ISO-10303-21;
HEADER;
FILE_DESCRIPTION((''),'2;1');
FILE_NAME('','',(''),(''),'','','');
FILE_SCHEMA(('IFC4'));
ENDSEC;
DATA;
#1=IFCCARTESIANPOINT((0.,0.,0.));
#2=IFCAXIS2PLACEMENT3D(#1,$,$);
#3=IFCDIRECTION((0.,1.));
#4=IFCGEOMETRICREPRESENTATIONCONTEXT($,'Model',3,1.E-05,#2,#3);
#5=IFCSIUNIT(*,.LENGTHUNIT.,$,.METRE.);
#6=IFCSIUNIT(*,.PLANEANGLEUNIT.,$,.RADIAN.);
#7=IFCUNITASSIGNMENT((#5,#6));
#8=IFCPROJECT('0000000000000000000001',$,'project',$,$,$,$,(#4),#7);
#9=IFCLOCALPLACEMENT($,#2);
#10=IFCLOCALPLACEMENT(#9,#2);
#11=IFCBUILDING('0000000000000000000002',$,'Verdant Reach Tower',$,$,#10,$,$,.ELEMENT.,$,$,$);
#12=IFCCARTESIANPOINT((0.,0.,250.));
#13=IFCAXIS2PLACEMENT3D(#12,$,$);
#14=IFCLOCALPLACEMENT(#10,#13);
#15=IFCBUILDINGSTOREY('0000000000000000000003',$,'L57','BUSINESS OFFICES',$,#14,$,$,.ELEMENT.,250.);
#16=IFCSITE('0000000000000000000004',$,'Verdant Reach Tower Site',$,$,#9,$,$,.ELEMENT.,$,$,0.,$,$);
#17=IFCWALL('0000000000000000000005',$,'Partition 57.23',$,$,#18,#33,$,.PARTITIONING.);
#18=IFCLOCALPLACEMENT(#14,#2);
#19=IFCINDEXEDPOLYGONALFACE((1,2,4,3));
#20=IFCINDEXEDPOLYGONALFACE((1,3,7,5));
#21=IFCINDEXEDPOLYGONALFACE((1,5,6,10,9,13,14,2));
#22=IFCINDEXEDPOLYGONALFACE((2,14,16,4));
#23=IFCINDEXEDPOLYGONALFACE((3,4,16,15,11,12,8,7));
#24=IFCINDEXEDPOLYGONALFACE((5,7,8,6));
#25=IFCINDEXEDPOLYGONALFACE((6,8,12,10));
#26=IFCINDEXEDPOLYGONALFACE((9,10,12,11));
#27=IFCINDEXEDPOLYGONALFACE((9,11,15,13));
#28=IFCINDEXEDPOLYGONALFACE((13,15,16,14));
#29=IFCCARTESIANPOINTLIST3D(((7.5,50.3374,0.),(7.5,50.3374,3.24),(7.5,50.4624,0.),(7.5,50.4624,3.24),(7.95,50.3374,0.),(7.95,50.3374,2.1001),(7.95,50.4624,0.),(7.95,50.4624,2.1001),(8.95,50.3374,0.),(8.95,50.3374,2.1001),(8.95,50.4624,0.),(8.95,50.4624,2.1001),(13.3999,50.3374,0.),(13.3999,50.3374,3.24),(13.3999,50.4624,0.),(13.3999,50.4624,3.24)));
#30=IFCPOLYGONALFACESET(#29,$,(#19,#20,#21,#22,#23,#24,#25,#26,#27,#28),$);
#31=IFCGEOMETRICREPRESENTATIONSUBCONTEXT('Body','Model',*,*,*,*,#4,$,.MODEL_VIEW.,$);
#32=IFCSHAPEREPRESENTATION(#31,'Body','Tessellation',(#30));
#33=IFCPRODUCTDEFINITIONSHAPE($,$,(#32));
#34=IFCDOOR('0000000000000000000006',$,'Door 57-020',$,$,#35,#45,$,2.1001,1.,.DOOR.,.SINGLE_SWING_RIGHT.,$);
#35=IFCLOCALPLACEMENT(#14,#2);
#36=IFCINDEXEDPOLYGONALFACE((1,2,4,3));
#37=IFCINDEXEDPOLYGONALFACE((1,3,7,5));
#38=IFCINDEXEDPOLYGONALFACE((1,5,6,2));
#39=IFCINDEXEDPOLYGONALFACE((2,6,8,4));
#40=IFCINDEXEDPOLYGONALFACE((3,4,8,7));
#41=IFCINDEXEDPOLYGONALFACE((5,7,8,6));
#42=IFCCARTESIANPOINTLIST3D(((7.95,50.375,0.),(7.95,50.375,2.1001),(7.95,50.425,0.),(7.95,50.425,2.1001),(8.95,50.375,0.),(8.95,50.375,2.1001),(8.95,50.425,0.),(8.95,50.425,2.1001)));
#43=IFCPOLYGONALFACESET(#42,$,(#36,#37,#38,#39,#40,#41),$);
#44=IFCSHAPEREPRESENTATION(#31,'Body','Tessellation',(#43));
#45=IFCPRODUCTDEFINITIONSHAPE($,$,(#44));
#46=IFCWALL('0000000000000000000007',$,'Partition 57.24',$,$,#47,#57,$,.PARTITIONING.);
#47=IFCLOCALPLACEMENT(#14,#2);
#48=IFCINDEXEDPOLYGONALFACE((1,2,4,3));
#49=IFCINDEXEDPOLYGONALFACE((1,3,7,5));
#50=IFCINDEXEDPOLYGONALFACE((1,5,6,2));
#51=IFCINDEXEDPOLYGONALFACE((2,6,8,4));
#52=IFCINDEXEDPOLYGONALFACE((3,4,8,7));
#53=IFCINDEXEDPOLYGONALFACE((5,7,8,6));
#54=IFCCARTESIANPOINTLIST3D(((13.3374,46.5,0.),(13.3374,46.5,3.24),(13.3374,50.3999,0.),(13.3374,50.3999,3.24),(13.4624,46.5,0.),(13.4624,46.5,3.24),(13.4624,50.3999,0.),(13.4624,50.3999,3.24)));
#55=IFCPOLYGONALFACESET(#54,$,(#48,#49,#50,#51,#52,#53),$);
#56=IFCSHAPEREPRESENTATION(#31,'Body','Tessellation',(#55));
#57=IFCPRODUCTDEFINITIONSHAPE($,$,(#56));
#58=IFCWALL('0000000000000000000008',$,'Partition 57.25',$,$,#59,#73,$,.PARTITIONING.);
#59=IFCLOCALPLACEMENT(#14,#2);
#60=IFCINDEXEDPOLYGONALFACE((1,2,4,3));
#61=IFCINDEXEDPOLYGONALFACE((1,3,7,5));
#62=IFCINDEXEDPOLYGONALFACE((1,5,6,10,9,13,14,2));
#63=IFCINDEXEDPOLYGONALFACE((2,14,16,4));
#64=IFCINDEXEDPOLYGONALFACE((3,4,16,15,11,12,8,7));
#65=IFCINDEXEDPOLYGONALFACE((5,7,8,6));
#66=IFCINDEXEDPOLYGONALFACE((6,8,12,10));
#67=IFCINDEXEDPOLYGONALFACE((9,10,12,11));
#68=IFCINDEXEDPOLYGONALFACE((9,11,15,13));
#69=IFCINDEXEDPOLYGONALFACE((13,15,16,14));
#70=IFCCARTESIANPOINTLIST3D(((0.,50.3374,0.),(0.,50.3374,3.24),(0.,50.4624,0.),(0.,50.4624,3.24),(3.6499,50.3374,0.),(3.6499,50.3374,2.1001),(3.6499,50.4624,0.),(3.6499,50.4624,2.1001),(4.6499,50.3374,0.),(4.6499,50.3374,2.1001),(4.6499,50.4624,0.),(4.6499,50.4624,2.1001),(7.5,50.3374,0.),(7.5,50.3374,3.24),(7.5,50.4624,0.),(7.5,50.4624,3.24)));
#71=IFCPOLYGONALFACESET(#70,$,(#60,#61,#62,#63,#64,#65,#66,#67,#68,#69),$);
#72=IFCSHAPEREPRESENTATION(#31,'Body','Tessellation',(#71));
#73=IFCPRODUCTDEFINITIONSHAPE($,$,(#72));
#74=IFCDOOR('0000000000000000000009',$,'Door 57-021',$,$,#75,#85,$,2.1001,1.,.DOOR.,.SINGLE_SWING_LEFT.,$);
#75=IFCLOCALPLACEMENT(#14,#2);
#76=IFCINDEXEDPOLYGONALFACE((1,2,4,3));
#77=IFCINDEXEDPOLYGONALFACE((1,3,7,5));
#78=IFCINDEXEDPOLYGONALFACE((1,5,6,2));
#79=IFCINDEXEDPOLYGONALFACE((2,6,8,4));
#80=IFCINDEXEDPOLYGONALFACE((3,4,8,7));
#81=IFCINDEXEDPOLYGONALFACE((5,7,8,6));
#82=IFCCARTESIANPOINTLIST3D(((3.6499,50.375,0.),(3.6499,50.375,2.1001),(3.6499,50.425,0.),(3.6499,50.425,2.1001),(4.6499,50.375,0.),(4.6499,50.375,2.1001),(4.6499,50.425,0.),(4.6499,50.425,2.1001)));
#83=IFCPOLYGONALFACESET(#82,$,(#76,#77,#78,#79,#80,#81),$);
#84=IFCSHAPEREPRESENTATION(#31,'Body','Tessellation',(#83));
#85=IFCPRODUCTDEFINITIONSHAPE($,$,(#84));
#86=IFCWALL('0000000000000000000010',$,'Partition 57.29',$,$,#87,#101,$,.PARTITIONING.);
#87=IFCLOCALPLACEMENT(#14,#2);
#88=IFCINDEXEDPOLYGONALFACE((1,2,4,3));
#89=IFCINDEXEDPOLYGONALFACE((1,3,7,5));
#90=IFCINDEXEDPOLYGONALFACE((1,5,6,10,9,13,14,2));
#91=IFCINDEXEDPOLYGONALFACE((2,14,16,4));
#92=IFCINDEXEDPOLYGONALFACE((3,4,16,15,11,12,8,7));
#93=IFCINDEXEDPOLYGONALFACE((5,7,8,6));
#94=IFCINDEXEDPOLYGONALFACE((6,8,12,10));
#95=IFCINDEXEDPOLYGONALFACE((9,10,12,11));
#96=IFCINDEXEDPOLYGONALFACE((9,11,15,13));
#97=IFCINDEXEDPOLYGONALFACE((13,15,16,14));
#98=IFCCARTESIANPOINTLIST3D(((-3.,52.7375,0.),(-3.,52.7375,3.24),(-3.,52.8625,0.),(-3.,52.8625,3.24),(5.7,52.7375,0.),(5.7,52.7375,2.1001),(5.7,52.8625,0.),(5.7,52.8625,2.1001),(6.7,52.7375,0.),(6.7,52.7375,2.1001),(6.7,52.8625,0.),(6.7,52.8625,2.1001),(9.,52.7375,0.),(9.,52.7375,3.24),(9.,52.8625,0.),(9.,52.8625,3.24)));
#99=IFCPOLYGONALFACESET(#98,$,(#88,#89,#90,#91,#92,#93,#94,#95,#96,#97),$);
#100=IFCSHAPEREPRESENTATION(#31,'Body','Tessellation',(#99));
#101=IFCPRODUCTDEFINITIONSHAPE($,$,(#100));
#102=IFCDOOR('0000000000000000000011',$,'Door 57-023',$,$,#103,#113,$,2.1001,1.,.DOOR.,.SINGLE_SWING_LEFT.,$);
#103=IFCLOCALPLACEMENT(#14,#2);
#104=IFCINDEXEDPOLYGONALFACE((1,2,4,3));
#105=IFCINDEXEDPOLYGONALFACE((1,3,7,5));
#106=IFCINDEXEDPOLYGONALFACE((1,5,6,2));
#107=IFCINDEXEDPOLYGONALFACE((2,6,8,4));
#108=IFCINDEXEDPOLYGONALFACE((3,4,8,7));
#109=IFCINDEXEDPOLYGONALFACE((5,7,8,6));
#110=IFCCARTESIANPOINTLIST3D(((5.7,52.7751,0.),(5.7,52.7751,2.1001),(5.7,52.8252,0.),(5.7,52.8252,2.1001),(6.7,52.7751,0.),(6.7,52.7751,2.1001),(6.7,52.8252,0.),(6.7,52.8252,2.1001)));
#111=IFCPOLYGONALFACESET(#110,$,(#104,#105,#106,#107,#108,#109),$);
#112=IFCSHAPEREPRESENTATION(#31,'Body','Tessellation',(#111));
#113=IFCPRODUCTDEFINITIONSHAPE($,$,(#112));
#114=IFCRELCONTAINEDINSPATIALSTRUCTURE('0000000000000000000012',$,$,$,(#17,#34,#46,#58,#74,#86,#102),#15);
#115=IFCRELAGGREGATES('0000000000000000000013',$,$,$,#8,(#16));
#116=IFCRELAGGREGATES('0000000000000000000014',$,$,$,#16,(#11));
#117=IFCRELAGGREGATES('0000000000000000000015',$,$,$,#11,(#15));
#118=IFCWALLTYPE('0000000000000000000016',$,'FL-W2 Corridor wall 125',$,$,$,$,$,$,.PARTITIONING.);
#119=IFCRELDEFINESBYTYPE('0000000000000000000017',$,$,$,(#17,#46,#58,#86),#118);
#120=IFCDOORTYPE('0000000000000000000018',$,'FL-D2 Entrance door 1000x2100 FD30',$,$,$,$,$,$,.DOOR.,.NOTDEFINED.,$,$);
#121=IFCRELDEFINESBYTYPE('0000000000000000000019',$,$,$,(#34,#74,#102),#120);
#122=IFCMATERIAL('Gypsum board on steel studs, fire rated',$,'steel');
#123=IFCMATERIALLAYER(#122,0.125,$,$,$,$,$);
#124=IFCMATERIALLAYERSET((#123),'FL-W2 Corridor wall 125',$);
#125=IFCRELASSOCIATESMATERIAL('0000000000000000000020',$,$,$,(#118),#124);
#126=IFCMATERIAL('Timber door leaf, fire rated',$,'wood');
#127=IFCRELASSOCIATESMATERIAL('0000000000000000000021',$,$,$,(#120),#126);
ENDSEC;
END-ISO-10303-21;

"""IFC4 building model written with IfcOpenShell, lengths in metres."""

from ifc_helpers import new_model, si_unit, direction, frame, frame_2d, origin, place, context, subcontext, project, spatial, rectangle, extrude, material, layer, layer_set, type_object, element, fill, save


model = new_model("IFC4")

# Units and contexts
model_context = context("Model", 3, precision=1e-05, world=origin(), true_north=direction((0.0, 1.0)))
body_context = subcontext(model_context, "Body", "Model", "MODEL_VIEW")
ifc_project = project(units=[si_unit("LENGTHUNIT", "METRE"), si_unit("PLANEANGLEUNIT", "RADIAN")], contexts=[model_context])

# Site, building, storey
site_placement = place(None, origin())
site = spatial("IfcSite", under=ifc_project, at=site_placement, Name="Verdant Reach Tower Site", CompositionType="ELEMENT", RefElevation=0.0)
building_placement = place(site_placement, origin())
building = spatial("IfcBuilding", under=site, at=building_placement, Name="Verdant Reach Tower", CompositionType="ELEMENT")
storey_placement = place(building_placement, frame((0.0, 0.0, 250.0)))
storey = spatial("IfcBuildingStorey", under=building, at=storey_placement, Name="L57", Description="BUSINESS OFFICES", CompositionType="ELEMENT", Elevation=250.0)

# Shared definitions
ifc_material_1 = material(Name="Gypsum board on steel studs, fire rated", Category="steel")
ifc_layer_1 = layer(ifc_material_1, 0.125)
ifc_layer_set_1 = layer_set([ifc_layer_1], Name="FL-W2 Corridor wall 125")
wall_type_1 = type_object("IfcWallType", Name="FL-W2 Corridor wall 125", PredefinedType="PARTITIONING", material=ifc_layer_set_1)
ifc_material_2 = material(Name="Timber door leaf, fire rated", Category="wood")
door_type_1 = type_object("IfcDoorType", Name="FL-D2 Entrance door 1000x2100 FD30", OperationType="NOTDEFINED", PredefinedType="DOOR", material=ifc_material_2)

# Wall, opening, door
wall_1_placement = place(storey_placement, frame((13.3999, 50.3999, 0.0), z_axis=(0.0, 0.0, 1.0), x_axis=(-1.0, 0.0, 0.0)))
wall_1 = element("IfcWall", 1, at=wall_1_placement, inside=storey, type_object=wall_type_1, Name="Partition 57.23", PredefinedType="PARTITIONING", context=body_context, shape_type="SweptSolid", body=[
    extrude(rectangle(XDim=5.8999, YDim=0.125, at=frame_2d((2.95, 0.0))), origin(), (0.0, 0.0, 1.0), 3.24),
])
opening_1_placement = place(wall_1_placement, frame((4.45, 0.0, 0.0)))
opening_1 = element("IfcOpeningElement", 2, at=opening_1_placement, cuts=wall_1, PredefinedType="OPENING", context=body_context, shape_type="SweptSolid", body=[
    extrude(rectangle(XDim=1.0, YDim=2.1001, at=frame_2d((0.5, 1.05))), frame((0.0, 0.0725, 0.0), z_axis=(0.0, -1.0, 0.0), x_axis=(1.0, 0.0, 0.0)), (0.0, 0.0, 1.0), 0.145),
])
door_1_placement = place(opening_1_placement, origin())
door_1 = element("IfcDoor", 3, at=door_1_placement, inside=storey, type_object=door_type_1, Name="Door 57-020", OperationType="SINGLE_SWING_RIGHT", OverallHeight=2.1001, OverallWidth=1.0, PredefinedType="DOOR", context=body_context, shape_type="SweptSolid", body=[
    extrude(rectangle(XDim=1.0, YDim=2.1001, at=frame_2d((0.5, 1.05))), frame((0.0, 0.0249, 0.0), z_axis=(0.0, -1.0, 0.0), x_axis=(1.0, 0.0, 0.0)), (0.0, 0.0, 1.0), 0.05),
])
fill(opening_1, door_1)

# Wall
wall_2_placement = place(storey_placement, frame((13.3999, 46.5, 0.0), z_axis=(0.0, 0.0, 1.0), x_axis=(0.0, 1.0, 0.0)))
element("IfcWall", 4, at=wall_2_placement, inside=storey, type_object=wall_type_1, Name="Partition 57.24", PredefinedType="PARTITIONING", context=body_context, shape_type="SweptSolid", body=[
    extrude(rectangle(XDim=3.8999, YDim=0.125, at=frame_2d((1.95, 0.0))), origin(), (0.0, 0.0, 1.0), 3.24),
])

# Walls, openings, doors
wall_3_placement = place(storey_placement, frame((7.5, 50.3999, 0.0), z_axis=(0.0, 0.0, 1.0), x_axis=(-1.0, 0.0, 0.0)))
wall_3 = element("IfcWall", 5, at=wall_3_placement, inside=storey, type_object=wall_type_1, Name="Partition 57.25", PredefinedType="PARTITIONING", context=body_context, shape_type="SweptSolid", body=[
    extrude(rectangle(XDim=7.5, YDim=0.125, at=frame_2d((3.75, 0.0))), origin(), (0.0, 0.0, 1.0), 3.24),
])
opening_2_placement = place(wall_3_placement, frame((2.8501, 0.0, 0.0)))
opening_2 = element("IfcOpeningElement", 6, at=opening_2_placement, cuts=wall_3, PredefinedType="OPENING", context=body_context, shape_type="SweptSolid", body=[
    extrude(rectangle(XDim=1.0, YDim=2.1001, at=frame_2d((0.5, 1.05))), frame((0.0, 0.0725, 0.0), z_axis=(0.0, -1.0, 0.0), x_axis=(1.0, 0.0, 0.0)), (0.0, 0.0, 1.0), 0.145),
])
door_2_placement = place(opening_2_placement, origin())
door_2 = element("IfcDoor", 7, at=door_2_placement, inside=storey, type_object=door_type_1, Name="Door 57-021", OperationType="SINGLE_SWING_LEFT", OverallHeight=2.1001, OverallWidth=1.0, PredefinedType="DOOR", context=body_context, shape_type="SweptSolid", body=[
    extrude(rectangle(XDim=1.0, YDim=2.1001, at=frame_2d((0.5, 1.05))), frame((0.0, 0.0249, 0.0), z_axis=(0.0, -1.0, 0.0), x_axis=(1.0, 0.0, 0.0)), (0.0, 0.0, 1.0), 0.05),
])
fill(opening_2, door_2)
wall_4_placement = place(storey_placement, frame((9.0, 52.8, 0.0), z_axis=(0.0, 0.0, 1.0), x_axis=(-1.0, 0.0, 0.0)))
wall_4 = element("IfcWall", 8, at=wall_4_placement, inside=storey, type_object=wall_type_1, Name="Partition 57.29", PredefinedType="PARTITIONING", context=body_context, shape_type="SweptSolid", body=[
    extrude(rectangle(XDim=12.0, YDim=0.125, at=frame_2d((6.0, 0.0))), origin(), (0.0, 0.0, 1.0), 3.24),
])
opening_3_placement = place(wall_4_placement, frame((2.3, 0.0, 0.0)))
opening_3 = element("IfcOpeningElement", 9, at=opening_3_placement, cuts=wall_4, PredefinedType="OPENING", context=body_context, shape_type="SweptSolid", body=[
    extrude(rectangle(XDim=1.0, YDim=2.1001, at=frame_2d((0.5, 1.05))), frame((0.0, 0.0725, 0.0), z_axis=(0.0, -1.0, 0.0), x_axis=(1.0, 0.0, 0.0)), (0.0, 0.0, 1.0), 0.145),
])
door_3_placement = place(opening_3_placement, origin())
door_3 = element("IfcDoor", 10, at=door_3_placement, inside=storey, type_object=door_type_1, Name="Door 57-023", OperationType="SINGLE_SWING_LEFT", OverallHeight=2.1001, OverallWidth=1.0, PredefinedType="DOOR", context=body_context, shape_type="SweptSolid", body=[
    extrude(rectangle(XDim=1.0, YDim=2.1001, at=frame_2d((0.5, 1.05))), frame((0.0, 0.0249, 0.0), z_axis=(0.0, -1.0, 0.0), x_axis=(1.0, 0.0, 0.0)), (0.0, 0.0, 1.0), 0.05),
])
fill(opening_3, door_3)

save(model, "model.ifc")
